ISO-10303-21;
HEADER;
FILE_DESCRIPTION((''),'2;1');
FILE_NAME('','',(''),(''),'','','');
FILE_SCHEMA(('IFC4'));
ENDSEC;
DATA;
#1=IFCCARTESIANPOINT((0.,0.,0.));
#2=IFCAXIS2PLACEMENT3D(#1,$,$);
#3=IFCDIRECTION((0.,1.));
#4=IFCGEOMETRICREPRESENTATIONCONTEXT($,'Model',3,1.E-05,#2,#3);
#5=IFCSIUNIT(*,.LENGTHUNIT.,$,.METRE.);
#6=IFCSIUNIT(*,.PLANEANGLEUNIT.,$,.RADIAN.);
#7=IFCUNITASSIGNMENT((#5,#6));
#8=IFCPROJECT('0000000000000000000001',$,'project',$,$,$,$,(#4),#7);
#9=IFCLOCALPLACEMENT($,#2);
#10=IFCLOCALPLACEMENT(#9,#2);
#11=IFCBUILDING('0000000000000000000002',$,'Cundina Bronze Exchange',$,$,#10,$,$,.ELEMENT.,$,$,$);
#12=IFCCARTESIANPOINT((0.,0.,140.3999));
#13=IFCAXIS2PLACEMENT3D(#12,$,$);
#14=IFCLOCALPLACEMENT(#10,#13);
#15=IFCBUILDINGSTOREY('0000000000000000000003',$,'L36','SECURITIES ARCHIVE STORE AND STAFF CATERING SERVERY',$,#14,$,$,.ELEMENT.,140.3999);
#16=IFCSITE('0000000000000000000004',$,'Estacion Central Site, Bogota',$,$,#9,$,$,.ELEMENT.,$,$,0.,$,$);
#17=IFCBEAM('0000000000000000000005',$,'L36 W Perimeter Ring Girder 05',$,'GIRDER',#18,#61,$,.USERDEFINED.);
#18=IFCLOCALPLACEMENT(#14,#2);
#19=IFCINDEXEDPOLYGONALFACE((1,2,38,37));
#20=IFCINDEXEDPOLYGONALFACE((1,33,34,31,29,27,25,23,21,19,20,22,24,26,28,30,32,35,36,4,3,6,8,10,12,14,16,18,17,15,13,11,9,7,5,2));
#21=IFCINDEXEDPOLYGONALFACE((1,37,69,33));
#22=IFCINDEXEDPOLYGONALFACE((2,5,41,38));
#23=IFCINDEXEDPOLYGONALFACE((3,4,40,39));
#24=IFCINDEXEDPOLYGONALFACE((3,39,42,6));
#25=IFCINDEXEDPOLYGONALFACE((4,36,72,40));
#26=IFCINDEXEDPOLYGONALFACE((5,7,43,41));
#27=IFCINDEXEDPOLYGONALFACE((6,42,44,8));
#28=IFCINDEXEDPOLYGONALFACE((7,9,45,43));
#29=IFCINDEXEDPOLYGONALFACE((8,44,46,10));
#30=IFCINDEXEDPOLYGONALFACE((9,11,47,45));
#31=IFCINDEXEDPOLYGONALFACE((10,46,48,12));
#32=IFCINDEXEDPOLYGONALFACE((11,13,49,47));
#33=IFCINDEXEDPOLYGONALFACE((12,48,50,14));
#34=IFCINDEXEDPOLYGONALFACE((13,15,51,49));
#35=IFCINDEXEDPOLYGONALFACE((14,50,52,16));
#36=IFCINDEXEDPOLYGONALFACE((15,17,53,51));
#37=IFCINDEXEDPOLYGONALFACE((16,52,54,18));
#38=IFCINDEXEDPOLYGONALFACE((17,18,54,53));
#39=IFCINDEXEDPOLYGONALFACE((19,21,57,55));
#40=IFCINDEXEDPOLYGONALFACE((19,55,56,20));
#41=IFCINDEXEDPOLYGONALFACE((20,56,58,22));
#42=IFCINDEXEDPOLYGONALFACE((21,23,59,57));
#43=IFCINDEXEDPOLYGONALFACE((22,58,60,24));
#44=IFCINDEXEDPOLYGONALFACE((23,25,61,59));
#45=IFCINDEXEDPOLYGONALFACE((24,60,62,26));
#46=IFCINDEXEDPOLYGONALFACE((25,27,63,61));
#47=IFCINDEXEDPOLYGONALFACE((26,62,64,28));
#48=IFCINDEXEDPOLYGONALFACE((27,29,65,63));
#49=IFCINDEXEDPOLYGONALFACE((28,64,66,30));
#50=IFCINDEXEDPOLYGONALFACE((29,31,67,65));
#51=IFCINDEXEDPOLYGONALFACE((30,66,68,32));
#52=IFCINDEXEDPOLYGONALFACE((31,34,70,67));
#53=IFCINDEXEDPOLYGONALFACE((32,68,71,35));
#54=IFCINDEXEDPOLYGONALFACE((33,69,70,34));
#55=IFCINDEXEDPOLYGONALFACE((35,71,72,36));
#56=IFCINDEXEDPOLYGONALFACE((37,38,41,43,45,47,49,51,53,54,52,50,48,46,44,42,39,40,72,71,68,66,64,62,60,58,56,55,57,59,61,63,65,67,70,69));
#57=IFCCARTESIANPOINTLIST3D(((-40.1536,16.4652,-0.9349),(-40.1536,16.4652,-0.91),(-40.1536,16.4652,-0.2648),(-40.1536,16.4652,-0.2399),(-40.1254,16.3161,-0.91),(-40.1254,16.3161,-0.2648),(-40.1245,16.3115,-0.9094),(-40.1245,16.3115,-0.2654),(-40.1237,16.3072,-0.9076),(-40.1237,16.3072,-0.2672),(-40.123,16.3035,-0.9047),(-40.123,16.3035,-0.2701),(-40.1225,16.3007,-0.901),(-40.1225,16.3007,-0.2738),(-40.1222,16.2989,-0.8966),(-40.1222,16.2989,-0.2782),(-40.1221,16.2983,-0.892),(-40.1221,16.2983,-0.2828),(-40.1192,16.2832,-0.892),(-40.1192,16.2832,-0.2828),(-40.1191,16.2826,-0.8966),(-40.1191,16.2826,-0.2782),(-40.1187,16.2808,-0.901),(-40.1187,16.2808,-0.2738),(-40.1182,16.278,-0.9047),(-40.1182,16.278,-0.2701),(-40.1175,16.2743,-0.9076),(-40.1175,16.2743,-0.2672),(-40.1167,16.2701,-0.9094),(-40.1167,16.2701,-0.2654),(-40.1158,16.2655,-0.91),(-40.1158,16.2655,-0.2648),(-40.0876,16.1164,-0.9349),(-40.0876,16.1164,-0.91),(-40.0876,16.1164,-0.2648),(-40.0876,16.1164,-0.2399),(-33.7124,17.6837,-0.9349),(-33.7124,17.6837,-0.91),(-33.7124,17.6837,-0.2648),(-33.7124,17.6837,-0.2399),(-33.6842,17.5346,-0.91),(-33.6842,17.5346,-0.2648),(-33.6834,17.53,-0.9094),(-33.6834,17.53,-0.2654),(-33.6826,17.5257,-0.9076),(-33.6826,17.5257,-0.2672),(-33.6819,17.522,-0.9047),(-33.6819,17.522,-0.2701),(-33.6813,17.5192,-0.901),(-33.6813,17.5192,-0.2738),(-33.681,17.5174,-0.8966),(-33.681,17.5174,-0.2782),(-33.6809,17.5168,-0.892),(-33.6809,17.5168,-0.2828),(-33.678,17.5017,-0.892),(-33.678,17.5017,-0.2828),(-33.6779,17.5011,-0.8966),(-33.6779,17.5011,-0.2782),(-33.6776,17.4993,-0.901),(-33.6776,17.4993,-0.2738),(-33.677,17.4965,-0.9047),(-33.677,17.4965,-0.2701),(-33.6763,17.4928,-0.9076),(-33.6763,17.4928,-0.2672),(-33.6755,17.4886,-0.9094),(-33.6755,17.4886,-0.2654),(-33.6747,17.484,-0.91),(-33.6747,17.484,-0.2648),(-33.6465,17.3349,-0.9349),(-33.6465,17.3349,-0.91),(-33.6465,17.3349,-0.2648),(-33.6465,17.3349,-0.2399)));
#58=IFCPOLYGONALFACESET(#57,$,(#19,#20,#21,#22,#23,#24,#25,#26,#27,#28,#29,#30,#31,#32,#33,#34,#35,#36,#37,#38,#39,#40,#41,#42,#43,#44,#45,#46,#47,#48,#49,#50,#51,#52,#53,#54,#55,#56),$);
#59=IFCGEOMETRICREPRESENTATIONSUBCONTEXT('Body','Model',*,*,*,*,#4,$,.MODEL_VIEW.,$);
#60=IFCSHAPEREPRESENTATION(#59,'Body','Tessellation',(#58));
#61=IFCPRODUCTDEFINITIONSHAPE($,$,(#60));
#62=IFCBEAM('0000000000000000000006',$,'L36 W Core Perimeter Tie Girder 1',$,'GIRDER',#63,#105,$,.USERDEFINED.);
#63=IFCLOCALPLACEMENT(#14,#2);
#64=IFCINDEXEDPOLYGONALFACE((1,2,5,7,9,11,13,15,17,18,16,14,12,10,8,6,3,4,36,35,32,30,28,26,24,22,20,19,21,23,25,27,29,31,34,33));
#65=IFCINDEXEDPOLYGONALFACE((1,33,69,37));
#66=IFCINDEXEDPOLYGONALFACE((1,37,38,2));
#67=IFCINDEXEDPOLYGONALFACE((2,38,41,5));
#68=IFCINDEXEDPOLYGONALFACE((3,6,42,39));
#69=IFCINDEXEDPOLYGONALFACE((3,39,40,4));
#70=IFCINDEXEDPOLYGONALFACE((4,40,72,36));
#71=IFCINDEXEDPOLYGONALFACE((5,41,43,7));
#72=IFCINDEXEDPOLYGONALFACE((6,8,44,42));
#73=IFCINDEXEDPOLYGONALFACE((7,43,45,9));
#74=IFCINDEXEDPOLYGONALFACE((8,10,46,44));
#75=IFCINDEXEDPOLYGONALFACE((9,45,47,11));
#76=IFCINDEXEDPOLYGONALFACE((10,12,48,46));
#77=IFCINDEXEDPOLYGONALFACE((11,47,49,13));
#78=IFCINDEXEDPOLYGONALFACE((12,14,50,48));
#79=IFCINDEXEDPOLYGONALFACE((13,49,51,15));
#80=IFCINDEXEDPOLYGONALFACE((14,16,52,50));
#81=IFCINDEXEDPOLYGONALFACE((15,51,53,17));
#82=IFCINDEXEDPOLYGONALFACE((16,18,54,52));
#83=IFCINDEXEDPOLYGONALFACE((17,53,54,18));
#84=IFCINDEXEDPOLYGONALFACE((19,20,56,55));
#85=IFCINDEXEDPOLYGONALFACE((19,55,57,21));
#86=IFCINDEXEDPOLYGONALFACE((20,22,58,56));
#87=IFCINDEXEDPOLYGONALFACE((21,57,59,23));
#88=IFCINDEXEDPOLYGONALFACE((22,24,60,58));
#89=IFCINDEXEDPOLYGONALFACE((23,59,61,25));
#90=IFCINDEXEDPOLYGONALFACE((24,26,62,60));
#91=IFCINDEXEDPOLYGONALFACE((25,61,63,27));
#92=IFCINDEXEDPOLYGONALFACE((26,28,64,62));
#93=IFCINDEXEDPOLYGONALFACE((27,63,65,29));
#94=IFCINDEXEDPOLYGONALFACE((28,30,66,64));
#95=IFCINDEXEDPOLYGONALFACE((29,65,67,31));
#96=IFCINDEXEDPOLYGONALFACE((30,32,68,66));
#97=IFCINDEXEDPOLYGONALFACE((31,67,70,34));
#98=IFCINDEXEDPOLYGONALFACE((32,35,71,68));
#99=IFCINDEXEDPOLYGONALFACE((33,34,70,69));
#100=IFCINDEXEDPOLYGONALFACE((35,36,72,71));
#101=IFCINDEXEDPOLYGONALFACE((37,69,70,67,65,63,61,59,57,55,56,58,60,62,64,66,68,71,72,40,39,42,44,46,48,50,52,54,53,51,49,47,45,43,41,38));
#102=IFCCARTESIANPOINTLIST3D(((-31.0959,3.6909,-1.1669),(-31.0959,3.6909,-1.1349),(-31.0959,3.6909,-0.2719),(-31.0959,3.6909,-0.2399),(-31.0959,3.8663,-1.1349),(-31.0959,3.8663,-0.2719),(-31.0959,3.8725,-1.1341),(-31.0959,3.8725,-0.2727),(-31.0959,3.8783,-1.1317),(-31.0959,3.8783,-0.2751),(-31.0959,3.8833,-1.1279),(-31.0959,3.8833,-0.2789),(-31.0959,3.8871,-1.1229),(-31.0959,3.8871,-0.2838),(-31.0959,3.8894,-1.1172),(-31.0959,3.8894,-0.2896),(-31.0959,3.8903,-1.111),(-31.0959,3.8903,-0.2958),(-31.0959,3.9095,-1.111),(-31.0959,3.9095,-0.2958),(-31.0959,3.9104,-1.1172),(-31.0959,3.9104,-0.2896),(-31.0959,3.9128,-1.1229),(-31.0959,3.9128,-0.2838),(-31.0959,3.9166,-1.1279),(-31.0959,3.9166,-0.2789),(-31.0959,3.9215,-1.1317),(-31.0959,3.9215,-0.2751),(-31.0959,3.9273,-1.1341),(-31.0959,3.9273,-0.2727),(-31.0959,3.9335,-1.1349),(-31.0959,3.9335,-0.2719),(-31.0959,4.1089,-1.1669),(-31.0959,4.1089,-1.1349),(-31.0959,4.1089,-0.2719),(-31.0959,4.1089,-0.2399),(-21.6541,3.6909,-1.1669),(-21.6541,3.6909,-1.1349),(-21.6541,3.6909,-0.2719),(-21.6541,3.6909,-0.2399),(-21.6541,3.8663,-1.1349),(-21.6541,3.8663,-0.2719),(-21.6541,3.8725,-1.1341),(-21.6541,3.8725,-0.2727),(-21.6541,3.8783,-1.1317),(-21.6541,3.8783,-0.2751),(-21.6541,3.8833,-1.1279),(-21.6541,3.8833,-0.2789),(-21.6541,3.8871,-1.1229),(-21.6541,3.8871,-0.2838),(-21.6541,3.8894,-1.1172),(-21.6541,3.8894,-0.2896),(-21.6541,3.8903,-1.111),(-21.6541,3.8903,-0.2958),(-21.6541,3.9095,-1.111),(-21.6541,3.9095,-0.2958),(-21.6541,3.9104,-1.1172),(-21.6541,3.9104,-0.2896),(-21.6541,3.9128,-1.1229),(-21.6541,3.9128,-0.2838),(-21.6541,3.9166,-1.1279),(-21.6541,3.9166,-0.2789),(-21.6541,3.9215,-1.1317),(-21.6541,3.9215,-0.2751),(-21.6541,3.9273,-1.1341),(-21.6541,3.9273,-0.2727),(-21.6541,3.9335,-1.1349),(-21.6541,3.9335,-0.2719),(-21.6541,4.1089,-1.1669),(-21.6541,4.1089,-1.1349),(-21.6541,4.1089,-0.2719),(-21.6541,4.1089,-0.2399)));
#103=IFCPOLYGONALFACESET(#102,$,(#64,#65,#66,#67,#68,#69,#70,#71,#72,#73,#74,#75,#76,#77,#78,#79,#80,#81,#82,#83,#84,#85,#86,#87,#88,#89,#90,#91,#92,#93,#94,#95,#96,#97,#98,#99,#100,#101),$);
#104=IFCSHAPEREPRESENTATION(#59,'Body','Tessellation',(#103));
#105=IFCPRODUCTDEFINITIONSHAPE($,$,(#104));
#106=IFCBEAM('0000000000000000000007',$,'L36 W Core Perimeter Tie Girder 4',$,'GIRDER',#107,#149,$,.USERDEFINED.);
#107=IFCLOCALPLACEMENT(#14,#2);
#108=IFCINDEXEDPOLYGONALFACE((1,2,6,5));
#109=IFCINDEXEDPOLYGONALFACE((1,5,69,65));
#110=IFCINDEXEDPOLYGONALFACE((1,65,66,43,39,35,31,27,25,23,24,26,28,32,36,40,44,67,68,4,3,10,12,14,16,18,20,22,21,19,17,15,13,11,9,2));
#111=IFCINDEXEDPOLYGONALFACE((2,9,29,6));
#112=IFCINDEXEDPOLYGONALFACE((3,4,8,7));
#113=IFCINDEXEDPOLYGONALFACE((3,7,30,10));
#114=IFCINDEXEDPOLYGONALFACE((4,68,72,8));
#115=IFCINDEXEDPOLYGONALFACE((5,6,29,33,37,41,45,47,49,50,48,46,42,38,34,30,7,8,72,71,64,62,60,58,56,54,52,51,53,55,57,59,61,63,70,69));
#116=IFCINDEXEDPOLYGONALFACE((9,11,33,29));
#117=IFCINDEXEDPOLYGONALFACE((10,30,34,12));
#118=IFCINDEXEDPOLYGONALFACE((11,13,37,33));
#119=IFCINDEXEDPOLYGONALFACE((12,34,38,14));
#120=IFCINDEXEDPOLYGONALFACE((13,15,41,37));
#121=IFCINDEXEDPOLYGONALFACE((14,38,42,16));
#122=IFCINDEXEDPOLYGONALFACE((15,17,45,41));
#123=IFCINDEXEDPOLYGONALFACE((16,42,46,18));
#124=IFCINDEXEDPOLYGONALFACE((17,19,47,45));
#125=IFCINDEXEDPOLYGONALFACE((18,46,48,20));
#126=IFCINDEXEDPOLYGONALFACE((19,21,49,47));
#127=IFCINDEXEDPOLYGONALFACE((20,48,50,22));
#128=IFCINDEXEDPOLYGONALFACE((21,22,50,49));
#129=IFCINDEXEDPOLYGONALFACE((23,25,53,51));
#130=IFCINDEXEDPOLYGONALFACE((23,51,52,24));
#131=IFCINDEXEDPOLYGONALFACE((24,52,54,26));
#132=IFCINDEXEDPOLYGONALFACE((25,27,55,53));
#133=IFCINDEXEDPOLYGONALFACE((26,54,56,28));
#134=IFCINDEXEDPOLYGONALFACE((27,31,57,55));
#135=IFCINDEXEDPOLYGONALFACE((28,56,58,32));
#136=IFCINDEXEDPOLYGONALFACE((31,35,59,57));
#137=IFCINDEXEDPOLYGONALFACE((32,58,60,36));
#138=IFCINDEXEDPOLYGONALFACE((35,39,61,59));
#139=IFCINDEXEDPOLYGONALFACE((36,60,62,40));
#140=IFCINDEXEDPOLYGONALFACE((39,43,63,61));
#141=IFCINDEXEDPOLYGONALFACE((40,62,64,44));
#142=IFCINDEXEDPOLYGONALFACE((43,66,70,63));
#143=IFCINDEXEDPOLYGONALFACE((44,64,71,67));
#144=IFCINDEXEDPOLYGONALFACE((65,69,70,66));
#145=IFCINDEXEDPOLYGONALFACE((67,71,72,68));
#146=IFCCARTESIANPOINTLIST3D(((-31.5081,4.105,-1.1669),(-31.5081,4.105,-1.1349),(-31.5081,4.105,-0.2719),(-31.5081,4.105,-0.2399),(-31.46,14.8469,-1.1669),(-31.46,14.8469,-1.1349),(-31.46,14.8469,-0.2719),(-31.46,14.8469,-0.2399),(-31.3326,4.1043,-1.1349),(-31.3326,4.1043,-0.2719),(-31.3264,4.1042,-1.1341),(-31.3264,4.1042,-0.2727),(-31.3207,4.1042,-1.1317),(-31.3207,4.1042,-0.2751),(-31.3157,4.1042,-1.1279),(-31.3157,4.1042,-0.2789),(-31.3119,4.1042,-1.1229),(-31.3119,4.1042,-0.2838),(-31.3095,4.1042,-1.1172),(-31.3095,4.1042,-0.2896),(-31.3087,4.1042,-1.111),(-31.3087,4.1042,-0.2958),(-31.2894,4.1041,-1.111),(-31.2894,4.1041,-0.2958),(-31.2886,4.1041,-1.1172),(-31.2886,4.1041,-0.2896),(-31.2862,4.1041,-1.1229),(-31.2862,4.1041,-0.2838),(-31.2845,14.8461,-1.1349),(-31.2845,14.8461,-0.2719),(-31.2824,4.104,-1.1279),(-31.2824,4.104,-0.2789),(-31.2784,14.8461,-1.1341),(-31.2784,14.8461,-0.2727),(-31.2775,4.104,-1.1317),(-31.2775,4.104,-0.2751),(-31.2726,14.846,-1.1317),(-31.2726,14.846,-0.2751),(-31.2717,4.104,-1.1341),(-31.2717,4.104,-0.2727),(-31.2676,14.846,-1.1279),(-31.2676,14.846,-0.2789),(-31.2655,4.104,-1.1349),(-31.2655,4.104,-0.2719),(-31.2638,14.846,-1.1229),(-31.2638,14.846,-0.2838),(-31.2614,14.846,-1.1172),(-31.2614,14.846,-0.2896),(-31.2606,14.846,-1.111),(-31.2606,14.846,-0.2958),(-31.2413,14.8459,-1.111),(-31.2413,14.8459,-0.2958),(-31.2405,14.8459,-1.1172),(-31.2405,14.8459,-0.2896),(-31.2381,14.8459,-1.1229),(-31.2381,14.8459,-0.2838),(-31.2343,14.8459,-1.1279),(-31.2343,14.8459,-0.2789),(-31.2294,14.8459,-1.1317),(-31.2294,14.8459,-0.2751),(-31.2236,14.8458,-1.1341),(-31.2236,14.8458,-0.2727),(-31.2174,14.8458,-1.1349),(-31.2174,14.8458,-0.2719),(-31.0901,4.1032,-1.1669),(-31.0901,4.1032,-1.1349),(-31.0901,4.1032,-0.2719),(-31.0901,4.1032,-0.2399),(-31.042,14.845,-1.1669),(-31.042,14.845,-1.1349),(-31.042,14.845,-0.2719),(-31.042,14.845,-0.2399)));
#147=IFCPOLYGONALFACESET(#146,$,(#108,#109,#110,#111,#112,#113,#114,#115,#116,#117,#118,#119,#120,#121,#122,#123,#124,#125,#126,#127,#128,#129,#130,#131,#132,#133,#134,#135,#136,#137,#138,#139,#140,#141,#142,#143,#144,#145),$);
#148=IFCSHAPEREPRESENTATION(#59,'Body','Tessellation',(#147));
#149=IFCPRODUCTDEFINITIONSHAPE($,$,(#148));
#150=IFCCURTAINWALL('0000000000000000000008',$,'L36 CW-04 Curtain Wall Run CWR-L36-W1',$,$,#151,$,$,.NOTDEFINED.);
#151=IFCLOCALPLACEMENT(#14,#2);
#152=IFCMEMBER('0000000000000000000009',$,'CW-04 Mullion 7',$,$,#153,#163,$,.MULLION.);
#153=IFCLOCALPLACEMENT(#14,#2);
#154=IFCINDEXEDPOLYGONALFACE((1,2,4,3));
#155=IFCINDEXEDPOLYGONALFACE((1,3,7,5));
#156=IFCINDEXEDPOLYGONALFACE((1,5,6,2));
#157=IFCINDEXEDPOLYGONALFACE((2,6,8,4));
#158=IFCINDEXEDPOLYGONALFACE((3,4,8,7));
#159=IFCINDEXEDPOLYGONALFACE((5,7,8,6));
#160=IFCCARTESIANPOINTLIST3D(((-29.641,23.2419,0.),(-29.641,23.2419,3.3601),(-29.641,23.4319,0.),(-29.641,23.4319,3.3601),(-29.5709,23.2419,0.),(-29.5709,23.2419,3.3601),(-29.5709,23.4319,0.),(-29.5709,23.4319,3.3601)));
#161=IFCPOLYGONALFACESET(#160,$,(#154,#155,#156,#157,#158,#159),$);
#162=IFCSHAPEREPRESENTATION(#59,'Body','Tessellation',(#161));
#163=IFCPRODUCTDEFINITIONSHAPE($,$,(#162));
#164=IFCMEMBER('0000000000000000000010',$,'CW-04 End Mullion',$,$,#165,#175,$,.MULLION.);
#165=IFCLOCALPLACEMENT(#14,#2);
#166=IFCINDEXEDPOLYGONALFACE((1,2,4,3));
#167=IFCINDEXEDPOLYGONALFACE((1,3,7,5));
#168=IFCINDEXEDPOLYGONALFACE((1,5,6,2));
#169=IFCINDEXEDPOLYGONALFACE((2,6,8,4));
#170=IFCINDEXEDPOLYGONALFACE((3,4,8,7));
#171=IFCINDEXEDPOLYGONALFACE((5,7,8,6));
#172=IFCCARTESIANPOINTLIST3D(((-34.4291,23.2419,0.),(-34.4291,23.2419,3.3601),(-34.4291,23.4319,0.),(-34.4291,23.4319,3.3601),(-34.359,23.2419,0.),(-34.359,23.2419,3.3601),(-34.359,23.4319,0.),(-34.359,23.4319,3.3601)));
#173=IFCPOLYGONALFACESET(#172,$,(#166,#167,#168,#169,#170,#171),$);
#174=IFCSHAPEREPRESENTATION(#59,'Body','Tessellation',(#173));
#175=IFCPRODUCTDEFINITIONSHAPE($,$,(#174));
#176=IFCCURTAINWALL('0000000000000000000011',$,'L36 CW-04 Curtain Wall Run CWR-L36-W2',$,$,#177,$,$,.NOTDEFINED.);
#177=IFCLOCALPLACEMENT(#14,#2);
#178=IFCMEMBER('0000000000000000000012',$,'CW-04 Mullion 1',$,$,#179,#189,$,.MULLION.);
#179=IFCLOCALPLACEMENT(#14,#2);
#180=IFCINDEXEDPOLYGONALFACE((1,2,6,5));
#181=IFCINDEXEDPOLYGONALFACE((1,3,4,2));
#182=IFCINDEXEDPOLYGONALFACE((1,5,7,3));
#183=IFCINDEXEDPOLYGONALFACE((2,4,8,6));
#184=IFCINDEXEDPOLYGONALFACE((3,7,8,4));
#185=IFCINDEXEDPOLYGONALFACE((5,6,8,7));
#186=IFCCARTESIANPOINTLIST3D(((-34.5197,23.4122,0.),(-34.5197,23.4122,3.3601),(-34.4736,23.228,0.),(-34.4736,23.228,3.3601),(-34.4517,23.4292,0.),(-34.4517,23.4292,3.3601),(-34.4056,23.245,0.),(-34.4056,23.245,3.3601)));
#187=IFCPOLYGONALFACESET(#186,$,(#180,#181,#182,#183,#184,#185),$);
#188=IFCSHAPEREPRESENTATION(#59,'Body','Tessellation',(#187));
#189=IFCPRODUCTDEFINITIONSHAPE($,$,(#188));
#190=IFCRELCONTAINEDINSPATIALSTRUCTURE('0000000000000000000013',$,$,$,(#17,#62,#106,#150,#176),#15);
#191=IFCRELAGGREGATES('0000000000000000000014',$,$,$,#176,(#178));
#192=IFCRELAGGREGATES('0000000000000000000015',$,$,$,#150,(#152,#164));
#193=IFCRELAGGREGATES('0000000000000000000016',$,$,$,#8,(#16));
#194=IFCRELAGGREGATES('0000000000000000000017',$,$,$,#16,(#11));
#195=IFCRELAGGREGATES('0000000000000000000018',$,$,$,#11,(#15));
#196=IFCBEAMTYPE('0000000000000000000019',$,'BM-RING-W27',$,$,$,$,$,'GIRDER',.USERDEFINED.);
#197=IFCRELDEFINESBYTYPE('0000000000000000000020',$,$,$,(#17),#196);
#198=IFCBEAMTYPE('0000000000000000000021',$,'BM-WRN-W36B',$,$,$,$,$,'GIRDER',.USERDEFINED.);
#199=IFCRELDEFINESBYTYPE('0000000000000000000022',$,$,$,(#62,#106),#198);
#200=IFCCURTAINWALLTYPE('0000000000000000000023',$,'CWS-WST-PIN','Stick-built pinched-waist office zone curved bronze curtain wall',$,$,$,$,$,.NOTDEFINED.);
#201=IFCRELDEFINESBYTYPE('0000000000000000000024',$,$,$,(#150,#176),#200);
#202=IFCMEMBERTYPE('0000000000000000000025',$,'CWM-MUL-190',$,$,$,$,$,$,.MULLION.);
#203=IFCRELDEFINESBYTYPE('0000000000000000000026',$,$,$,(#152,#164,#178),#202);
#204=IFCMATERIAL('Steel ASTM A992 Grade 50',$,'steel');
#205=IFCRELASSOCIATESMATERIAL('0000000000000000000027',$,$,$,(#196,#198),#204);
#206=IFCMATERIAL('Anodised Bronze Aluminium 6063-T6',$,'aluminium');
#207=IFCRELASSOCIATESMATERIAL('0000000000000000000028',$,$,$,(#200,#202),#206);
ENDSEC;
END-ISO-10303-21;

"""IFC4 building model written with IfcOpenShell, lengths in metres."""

from ifc_helpers import new_model, si_unit, direction, frame, origin, origin_2d, place, context, subcontext, project, spatial, rectangle, i_section, extrude, material, material_profile, profile_set, type_object, element, aggregate, save


model = new_model("IFC4")

# Units and contexts
model_context = context("Model", 3, precision=1e-05, world=origin(), true_north=direction((0.0, 1.0)))
body_context = subcontext(model_context, "Body", "Model", "MODEL_VIEW")
ifc_project = project(units=[si_unit("LENGTHUNIT", "METRE"), si_unit("PLANEANGLEUNIT", "RADIAN")], contexts=[model_context])

# Site, building, storey
site_placement = place(None, origin())
site = spatial("IfcSite", under=ifc_project, at=site_placement, Name="Estacion Central Site, Bogota", CompositionType="ELEMENT", RefElevation=0.0)
building_placement = place(site_placement, origin())
building = spatial("IfcBuilding", under=site, at=building_placement, Name="Cundina Bronze Exchange", CompositionType="ELEMENT")
storey_placement = place(building_placement, frame((0.0, 0.0, 140.3999)))
storey = spatial("IfcBuildingStorey", under=building, at=storey_placement, Name="L36", Description="SECURITIES ARCHIVE STORE AND STAFF CATERING SERVERY", CompositionType="ELEMENT", Elevation=140.3999)

# Shared definitions
ifc_material_1 = material(Name="Steel ASTM A992 Grade 50", Category="steel")

# Beams
ifc_material_profile_1 = material_profile(ifc_material_1, i_section(OverallWidth=0.355, OverallDepth=0.6951, WebThickness=0.0154, FlangeThickness=0.0249, FilletRadius=0.0181, at=origin_2d()), Name="W27X146", Category="steel")
ifc_profile_set_1 = profile_set([ifc_material_profile_1], Name="Steel ASTM A992 Grade 50")
beam_type_1 = type_object("IfcBeamType", Name="BM-RING-W27", ElementType="GIRDER", PredefinedType="USERDEFINED", material=ifc_profile_set_1)
beam_1_placement = place(storey_placement, frame((-33.6794, 17.5093, -0.5874), z_axis=(-0.982573, -0.185878, 0.0), x_axis=(0.185878, -0.982573, 0.0)))
element("IfcBeam", 1, at=beam_1_placement, inside=storey, type_object=beam_type_1, Name="L36 W Perimeter Ring Girder 05", ObjectType="GIRDER", PredefinedType="USERDEFINED", context=body_context, shape_type="SweptSolid", body=[
    extrude(i_section(OverallWidth=0.355, OverallDepth=0.6951, WebThickness=0.0154, FlangeThickness=0.0249, FilletRadius=0.0181, at=origin_2d()), origin(), (0.0, 0.0, 1.0), 6.5554),
])
ifc_material_profile_2 = material_profile(ifc_material_1, i_section(OverallWidth=0.418, OverallDepth=0.927, WebThickness=0.0193, FlangeThickness=0.032, FilletRadius=0.0239, at=origin_2d()), Name="W36X231", Category="steel")
ifc_profile_set_2 = profile_set([ifc_material_profile_2], Name="Steel ASTM A992 Grade 50")
beam_type_2 = type_object("IfcBeamType", Name="BM-WRN-W36B", ElementType="GIRDER", PredefinedType="USERDEFINED", material=ifc_profile_set_2)
beam_2_placement = place(storey_placement, frame((-31.0959, 3.8999, -0.7034), z_axis=(1.0, 0.0, 0.0), x_axis=(0.0, 1.0, 0.0)))
element("IfcBeam", 2, at=beam_2_placement, inside=storey, type_object=beam_type_2, Name="L36 W Core Perimeter Tie Girder 1", ObjectType="GIRDER", PredefinedType="USERDEFINED", context=body_context, shape_type="SweptSolid", body=[
    extrude(i_section(OverallWidth=0.418, OverallDepth=0.927, WebThickness=0.0193, FlangeThickness=0.032, FilletRadius=0.0239, at=origin_2d()), origin(), (0.0, 0.0, 1.0), 9.4419),
])
beam_3_placement = place(storey_placement, frame((-31.251, 14.8459, -0.7034), z_axis=(-0.004477, -0.99999, 0.0), x_axis=(0.99999, -0.004477, 0.0)))
element("IfcBeam", 3, at=beam_3_placement, inside=storey, type_object=beam_type_2, Name="L36 W Core Perimeter Tie Girder 4", ObjectType="GIRDER", PredefinedType="USERDEFINED", context=body_context, shape_type="SweptSolid", body=[
    extrude(i_section(OverallWidth=0.418, OverallDepth=0.927, WebThickness=0.0193, FlangeThickness=0.032, FilletRadius=0.0239, at=origin_2d()), origin(), (0.0, 0.0, 1.0), 10.7419),
])

# Curtain wall, members
ifc_material_2 = material(Name="Anodised Bronze Aluminium 6063-T6", Category="aluminium")
curtain_wall_type = type_object("IfcCurtainWallType", Name="CWS-WST-PIN", Description="Stick-built pinched-waist office zone curved bronze curtain wall", PredefinedType="NOTDEFINED", material=ifc_material_2)
curtain_wall_1_placement = place(storey_placement, origin())
curtain_wall_1 = element("IfcCurtainWall", 4, at=curtain_wall_1_placement, inside=storey, type_object=curtain_wall_type, Name="L36 CW-04 Curtain Wall Run CWR-L36-W1", PredefinedType="NOTDEFINED")
ifc_material_profile_3 = material_profile(ifc_material_2, rectangle(XDim=0.0701, YDim=0.1899, at=origin_2d()), Name="AL70X190", Category="aluminium")
ifc_profile_set_3 = profile_set([ifc_material_profile_3], Name="Anodised Bronze Aluminium 6063-T6")
member_type_1 = type_object("IfcMemberType", Name="CWM-MUL-190", PredefinedType="MULLION", material=ifc_profile_set_3)
member_1_placement = place(storey_placement, frame((-29.606, 23.3369, 0.0), z_axis=(0.0, 0.0, 1.0), x_axis=(-1.0, 0.0, 0.0)))
member_1 = element("IfcMember", 5, at=member_1_placement, type_object=member_type_1, Name="CW-04 Mullion 7", PredefinedType="MULLION", context=body_context, shape_type="SweptSolid", body=[
    extrude(rectangle(XDim=0.0701, YDim=0.1899, at=origin_2d()), origin(), (0.0, 0.0, 1.0), 3.3601),
])
member_2_placement = place(storey_placement, frame((-34.394, 23.3369, 0.0), z_axis=(0.0, 0.0, 1.0), x_axis=(-1.0, 0.0, 0.0)))
member_2 = element("IfcMember", 6, at=member_2_placement, type_object=member_type_1, Name="CW-04 End Mullion", PredefinedType="MULLION", context=body_context, shape_type="SweptSolid", body=[
    extrude(rectangle(XDim=0.0701, YDim=0.1899, at=origin_2d()), origin(), (0.0, 0.0, 1.0), 3.3601),
])

# Curtain wall, member
curtain_wall_2_placement = place(storey_placement, origin())
curtain_wall_2 = element("IfcCurtainWall", 7, at=curtain_wall_2_placement, inside=storey, type_object=curtain_wall_type, Name="L36 CW-04 Curtain Wall Run CWR-L36-W2", PredefinedType="NOTDEFINED")
member_3_placement = place(storey_placement, frame((-34.4626, 23.3286, 0.0), z_axis=(0.0, 0.0, 1.0), x_axis=(-0.970084, -0.242769, 0.0)))
member_3 = element("IfcMember", 8, at=member_3_placement, type_object=member_type_1, Name="CW-04 Mullion 1", PredefinedType="MULLION", context=body_context, shape_type="SweptSolid", body=[
    extrude(rectangle(XDim=0.0701, YDim=0.1899, at=origin_2d()), origin(), (0.0, 0.0, 1.0), 3.3601),
])

aggregate(curtain_wall_2, [member_3])

aggregate(curtain_wall_1, [member_1, member_2])

save(model, "model.ifc")
